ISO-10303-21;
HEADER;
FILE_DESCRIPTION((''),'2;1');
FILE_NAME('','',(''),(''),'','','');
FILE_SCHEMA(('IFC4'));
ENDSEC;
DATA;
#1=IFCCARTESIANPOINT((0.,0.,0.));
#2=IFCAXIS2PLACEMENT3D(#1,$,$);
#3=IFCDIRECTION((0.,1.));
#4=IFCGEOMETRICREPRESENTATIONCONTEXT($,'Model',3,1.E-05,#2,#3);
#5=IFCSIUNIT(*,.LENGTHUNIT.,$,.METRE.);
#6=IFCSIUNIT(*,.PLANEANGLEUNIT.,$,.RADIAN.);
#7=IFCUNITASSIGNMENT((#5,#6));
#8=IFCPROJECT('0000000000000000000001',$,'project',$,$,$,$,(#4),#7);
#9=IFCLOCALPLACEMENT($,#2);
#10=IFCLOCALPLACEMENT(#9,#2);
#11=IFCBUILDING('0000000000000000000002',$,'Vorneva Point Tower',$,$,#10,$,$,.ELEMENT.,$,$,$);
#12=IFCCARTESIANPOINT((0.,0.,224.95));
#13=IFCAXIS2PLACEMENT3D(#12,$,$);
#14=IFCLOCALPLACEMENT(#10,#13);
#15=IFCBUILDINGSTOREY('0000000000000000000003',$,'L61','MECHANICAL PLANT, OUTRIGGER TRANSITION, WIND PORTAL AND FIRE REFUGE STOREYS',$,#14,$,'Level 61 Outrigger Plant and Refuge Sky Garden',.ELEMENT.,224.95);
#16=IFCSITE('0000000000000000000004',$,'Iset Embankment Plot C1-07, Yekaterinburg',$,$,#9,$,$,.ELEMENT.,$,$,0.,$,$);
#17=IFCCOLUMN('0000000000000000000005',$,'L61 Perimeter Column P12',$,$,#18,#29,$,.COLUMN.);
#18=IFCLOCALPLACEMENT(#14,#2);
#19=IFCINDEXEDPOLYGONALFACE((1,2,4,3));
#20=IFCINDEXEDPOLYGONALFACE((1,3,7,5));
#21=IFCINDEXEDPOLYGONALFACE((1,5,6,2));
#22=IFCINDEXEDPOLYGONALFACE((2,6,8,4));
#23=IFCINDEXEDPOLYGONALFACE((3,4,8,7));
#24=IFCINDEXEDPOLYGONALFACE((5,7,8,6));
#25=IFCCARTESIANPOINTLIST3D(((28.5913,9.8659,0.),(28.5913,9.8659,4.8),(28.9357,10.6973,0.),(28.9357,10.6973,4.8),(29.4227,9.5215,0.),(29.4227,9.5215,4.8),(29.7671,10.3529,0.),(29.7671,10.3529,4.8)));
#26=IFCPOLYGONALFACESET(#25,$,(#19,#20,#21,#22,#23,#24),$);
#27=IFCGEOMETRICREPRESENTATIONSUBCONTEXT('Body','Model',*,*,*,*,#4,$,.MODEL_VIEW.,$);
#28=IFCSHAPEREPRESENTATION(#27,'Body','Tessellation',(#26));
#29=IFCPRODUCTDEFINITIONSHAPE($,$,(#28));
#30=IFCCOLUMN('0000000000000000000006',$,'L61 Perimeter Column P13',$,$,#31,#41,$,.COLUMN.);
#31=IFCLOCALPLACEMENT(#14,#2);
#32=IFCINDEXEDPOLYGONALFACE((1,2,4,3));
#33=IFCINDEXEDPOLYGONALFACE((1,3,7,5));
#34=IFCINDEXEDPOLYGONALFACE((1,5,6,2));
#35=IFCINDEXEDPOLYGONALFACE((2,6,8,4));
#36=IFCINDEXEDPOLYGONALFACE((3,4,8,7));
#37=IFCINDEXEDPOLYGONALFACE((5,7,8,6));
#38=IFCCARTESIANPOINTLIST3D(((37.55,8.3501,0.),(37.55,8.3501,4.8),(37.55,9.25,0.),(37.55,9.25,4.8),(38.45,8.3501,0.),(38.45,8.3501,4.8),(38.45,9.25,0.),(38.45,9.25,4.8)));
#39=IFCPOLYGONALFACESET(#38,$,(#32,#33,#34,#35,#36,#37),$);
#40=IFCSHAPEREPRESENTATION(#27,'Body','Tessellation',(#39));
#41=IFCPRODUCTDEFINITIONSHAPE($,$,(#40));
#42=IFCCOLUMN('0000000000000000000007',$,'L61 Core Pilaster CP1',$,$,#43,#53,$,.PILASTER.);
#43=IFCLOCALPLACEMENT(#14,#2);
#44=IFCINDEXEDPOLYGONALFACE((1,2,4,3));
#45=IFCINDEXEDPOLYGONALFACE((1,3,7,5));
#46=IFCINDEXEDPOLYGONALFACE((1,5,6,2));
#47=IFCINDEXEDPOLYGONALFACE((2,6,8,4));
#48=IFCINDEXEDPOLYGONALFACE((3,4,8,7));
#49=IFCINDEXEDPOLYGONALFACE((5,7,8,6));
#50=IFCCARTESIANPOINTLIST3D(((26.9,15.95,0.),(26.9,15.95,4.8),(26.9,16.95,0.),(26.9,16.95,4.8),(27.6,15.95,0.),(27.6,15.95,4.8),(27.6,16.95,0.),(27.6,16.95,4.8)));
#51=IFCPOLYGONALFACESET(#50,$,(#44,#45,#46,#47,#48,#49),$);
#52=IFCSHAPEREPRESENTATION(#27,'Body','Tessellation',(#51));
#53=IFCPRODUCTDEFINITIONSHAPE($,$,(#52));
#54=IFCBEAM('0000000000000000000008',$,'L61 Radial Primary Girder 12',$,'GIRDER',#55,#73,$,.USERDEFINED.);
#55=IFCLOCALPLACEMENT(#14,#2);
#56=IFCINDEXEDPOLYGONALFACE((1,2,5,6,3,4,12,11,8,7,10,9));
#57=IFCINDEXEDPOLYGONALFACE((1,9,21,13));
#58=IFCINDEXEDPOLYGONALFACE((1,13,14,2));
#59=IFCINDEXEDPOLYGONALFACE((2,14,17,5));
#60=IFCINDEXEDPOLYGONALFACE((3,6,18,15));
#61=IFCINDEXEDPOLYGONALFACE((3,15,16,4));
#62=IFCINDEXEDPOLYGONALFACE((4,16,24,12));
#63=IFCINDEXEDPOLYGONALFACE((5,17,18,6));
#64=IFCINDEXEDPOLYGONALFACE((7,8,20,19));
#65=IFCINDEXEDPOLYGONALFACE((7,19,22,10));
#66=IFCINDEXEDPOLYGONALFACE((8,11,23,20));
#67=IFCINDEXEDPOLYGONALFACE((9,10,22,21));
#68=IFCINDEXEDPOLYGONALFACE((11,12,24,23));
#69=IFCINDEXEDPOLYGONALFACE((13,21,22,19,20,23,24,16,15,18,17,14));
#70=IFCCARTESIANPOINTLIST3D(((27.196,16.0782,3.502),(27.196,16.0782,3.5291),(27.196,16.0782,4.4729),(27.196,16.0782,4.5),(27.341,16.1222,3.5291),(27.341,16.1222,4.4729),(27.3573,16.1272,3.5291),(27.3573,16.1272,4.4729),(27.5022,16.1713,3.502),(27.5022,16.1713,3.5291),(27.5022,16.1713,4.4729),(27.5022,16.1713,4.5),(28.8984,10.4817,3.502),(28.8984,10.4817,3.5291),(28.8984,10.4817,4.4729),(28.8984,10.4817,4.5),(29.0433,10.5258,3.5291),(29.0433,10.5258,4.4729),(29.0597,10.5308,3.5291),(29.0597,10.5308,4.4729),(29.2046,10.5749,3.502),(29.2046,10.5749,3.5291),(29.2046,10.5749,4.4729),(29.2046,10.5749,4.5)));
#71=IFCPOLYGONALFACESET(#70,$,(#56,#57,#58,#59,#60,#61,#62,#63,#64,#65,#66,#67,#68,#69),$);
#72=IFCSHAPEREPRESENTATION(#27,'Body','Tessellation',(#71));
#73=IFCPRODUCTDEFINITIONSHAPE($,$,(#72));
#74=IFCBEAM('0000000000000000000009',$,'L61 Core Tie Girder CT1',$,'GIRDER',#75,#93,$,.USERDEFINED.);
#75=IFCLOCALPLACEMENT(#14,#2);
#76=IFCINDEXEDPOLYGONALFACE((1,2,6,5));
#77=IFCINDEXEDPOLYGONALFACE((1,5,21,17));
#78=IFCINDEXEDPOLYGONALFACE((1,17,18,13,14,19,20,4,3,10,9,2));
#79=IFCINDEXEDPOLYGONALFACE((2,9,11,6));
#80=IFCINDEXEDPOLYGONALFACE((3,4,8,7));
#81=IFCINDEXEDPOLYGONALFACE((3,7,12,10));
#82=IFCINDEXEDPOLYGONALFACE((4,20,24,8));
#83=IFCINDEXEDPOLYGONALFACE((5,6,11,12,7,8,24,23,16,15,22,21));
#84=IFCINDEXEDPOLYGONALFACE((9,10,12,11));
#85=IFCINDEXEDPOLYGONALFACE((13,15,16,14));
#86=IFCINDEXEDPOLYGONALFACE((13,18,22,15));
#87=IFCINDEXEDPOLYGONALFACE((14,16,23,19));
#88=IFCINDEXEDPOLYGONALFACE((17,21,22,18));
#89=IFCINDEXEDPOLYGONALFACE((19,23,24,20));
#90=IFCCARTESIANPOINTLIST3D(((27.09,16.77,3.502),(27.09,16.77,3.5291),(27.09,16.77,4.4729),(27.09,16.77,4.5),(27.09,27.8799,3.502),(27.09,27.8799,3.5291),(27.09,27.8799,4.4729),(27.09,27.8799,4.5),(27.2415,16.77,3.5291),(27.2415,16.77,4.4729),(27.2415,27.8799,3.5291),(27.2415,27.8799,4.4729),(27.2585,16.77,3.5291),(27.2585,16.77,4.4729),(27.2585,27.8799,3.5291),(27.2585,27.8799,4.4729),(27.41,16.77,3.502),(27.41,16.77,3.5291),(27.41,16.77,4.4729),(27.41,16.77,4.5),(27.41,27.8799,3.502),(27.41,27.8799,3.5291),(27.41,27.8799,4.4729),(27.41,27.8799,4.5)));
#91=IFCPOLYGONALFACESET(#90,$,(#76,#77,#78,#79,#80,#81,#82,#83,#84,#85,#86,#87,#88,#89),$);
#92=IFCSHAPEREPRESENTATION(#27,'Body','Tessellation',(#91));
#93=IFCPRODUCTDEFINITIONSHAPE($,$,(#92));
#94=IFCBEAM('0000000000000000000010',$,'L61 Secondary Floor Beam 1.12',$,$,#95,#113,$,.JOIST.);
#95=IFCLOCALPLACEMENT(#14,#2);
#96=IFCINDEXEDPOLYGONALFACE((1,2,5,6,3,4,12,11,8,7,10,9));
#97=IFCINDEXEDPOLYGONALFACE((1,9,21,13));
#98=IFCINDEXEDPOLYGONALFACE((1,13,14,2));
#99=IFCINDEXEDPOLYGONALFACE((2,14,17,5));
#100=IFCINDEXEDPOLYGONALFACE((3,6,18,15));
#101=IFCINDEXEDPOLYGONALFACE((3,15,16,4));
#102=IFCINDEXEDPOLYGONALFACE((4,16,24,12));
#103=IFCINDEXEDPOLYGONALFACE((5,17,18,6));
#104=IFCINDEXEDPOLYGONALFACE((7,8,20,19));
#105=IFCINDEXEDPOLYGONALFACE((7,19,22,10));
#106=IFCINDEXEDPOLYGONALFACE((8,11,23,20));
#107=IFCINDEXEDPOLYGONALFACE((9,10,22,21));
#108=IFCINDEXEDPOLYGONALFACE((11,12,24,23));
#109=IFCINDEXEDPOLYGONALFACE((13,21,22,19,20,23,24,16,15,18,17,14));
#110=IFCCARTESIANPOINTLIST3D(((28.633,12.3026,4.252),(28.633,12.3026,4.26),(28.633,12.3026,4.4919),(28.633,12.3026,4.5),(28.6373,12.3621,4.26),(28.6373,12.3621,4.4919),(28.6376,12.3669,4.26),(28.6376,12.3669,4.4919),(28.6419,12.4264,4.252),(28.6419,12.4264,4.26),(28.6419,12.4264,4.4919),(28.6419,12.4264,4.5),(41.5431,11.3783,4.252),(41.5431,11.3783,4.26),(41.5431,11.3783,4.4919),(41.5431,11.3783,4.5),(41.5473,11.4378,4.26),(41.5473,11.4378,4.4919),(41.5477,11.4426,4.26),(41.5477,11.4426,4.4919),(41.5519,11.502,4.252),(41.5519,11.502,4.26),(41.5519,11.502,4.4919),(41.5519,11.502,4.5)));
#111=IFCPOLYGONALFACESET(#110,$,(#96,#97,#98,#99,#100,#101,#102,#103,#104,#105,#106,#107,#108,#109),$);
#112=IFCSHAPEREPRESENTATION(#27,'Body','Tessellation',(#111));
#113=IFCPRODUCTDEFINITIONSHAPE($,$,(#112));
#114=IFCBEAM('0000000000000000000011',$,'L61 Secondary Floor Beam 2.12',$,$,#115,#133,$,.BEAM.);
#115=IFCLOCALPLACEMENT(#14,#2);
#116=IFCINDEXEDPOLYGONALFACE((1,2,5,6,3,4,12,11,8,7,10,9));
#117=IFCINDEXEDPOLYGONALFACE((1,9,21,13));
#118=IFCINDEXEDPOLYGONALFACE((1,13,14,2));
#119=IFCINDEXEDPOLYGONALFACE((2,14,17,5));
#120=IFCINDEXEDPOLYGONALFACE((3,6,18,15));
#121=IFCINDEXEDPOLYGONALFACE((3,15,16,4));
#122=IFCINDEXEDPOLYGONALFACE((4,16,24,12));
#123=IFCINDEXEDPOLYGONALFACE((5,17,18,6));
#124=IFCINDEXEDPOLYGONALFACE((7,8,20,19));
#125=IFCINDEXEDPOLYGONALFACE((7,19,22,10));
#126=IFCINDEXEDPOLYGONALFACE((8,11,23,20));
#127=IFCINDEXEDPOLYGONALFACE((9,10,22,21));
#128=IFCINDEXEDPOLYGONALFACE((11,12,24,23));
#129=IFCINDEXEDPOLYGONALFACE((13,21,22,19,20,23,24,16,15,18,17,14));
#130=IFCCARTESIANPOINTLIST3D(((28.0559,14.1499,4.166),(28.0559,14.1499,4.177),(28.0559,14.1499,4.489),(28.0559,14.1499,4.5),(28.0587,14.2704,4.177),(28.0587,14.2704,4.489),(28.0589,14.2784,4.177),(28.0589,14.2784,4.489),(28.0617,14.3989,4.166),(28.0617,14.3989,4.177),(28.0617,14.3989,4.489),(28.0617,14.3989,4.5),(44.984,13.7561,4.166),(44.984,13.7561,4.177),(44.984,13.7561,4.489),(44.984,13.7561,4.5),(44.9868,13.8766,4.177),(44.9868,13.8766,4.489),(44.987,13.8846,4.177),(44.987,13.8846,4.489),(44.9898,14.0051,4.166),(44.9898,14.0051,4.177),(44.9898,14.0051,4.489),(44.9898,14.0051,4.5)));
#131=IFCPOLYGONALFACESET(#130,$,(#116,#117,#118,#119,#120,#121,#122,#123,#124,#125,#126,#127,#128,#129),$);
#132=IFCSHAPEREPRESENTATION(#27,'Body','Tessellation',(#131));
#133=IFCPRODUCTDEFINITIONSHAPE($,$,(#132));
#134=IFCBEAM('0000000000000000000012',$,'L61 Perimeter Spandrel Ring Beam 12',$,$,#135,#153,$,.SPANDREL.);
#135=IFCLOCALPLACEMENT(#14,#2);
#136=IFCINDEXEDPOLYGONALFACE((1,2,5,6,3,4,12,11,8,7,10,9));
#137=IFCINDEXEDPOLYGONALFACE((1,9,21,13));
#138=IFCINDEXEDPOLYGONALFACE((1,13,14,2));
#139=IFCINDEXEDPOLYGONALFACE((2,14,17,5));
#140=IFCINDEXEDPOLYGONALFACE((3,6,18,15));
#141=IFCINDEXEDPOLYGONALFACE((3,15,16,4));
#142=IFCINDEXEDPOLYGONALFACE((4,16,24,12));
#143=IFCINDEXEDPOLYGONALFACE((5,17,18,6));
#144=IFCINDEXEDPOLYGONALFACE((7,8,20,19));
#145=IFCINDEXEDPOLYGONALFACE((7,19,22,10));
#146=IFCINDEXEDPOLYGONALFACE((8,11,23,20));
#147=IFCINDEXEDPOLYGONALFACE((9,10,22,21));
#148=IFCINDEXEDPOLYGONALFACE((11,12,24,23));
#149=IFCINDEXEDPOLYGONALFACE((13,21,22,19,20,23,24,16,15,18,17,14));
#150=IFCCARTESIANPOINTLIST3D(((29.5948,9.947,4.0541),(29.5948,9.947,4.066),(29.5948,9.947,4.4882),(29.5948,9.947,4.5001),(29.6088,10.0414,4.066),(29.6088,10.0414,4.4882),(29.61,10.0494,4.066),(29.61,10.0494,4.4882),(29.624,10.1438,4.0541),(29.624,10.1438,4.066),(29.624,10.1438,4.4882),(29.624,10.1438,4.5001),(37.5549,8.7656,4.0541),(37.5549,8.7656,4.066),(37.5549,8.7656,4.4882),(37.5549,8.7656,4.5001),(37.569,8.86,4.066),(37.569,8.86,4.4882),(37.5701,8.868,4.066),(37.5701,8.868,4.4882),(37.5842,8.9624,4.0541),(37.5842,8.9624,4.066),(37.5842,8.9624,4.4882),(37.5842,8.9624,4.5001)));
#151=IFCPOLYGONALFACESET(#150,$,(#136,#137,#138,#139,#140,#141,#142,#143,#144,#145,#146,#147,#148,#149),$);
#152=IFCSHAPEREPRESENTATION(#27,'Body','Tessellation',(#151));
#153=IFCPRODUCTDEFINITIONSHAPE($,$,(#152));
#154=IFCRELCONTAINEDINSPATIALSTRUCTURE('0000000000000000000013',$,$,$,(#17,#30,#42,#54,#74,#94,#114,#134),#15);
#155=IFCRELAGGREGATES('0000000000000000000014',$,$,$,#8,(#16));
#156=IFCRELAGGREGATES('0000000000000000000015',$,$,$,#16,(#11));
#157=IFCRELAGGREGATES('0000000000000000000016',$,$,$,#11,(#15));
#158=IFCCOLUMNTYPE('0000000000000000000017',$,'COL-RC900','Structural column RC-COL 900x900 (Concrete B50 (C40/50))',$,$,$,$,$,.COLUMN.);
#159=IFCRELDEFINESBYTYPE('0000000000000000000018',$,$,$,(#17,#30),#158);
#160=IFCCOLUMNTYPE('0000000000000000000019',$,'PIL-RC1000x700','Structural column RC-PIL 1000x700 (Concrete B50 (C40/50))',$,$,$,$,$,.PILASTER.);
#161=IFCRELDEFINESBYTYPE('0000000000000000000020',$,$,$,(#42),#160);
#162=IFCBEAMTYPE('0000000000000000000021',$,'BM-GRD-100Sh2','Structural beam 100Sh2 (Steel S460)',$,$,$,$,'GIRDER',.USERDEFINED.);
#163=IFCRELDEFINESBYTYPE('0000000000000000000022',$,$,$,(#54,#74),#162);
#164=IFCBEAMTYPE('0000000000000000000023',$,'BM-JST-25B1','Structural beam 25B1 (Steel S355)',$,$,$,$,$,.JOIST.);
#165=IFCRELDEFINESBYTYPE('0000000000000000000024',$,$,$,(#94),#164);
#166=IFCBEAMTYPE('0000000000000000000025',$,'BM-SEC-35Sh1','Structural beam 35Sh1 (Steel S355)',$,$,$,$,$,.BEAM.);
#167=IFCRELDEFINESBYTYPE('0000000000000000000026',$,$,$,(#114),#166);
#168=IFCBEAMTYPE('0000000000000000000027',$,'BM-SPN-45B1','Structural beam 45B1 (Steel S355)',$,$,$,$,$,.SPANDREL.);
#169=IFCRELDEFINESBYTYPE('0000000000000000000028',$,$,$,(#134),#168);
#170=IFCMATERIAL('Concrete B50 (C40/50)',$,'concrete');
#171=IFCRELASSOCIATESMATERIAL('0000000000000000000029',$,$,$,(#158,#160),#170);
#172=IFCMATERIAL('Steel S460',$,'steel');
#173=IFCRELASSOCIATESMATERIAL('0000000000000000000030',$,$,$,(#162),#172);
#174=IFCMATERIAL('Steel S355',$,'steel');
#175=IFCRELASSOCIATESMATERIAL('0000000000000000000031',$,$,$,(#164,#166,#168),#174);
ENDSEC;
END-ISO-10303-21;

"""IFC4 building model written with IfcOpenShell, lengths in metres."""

from ifc_helpers import new_model, si_unit, direction, frame, origin, origin_2d, place, context, subcontext, project, spatial, rectangle, i_section, extrude, material, material_profile, profile_set, type_object, element, save


model = new_model("IFC4")

# Units and contexts
model_context = context("Model", 3, precision=1e-05, world=origin(), true_north=direction((0.0, 1.0)))
body_context = subcontext(model_context, "Body", "Model", "MODEL_VIEW")
ifc_project = project(units=[si_unit("LENGTHUNIT", "METRE"), si_unit("PLANEANGLEUNIT", "RADIAN")], contexts=[model_context])

# Site, building, storey
site_placement = place(None, origin())
site = spatial("IfcSite", under=ifc_project, at=site_placement, Name="Iset Embankment Plot C1-07, Yekaterinburg", CompositionType="ELEMENT", RefElevation=0.0)
building_placement = place(site_placement, origin())
building = spatial("IfcBuilding", under=site, at=building_placement, Name="Vorneva Point Tower", CompositionType="ELEMENT")
storey_placement = place(building_placement, frame((0.0, 0.0, 224.95)))
storey = spatial("IfcBuildingStorey", under=building, at=storey_placement, Name="L61", Description="MECHANICAL PLANT, OUTRIGGER TRANSITION, WIND PORTAL AND FIRE REFUGE STOREYS", LongName="Level 61 Outrigger Plant and Refuge Sky Garden", CompositionType="ELEMENT", Elevation=224.95)

# Columns
ifc_material_1 = material(Name="Concrete B50 (C40/50)", Category="concrete")
ifc_material_profile_1 = material_profile(ifc_material_1, rectangle(XDim=0.8999, YDim=0.8999, at=origin_2d()), Name="RC-COL 900x900")
ifc_profile_set_1 = profile_set([ifc_material_profile_1], Name="Concrete B50 (C40/50)")
column_type_1 = type_object("IfcColumnType", Name="COL-RC900", Description="Structural column RC-COL 900x900 (Concrete B50 (C40/50))", PredefinedType="COLUMN", material=ifc_profile_set_1)
for number, where, z_axis, x_axis, name in (
    (1, (29.1792, 10.1094, 0.0), (0.0, 0.0, 1.0), (-0.382683, -0.92388, 0.0), "L61 Perimeter Column P12"),
    (2, (38.0, 8.8, 0.0), (0.0, 0.0, 1.0), (0.0, -1.0, 0.0), "L61 Perimeter Column P13"),
):
    element("IfcColumn", number, at=place(storey_placement, frame(where, z_axis=z_axis, x_axis=x_axis)), inside=storey, type_object=column_type_1, Name=name, PredefinedType="COLUMN", context=body_context, shape_type="SweptSolid", body=[
        extrude(rectangle(XDim=0.8999, YDim=0.8999, at=origin_2d()), origin(), (0.0, 0.0, 1.0), 4.8),
    ])
ifc_material_profile_2 = material_profile(ifc_material_1, rectangle(XDim=0.7, YDim=1.0, at=origin_2d()), Name="RC-PIL 1000x700")
ifc_profile_set_2 = profile_set([ifc_material_profile_2], Name="Concrete B50 (C40/50)")
column_type_2 = type_object("IfcColumnType", Name="PIL-RC1000x700", Description="Structural column RC-PIL 1000x700 (Concrete B50 (C40/50))", PredefinedType="PILASTER", material=ifc_profile_set_2)
column_placement = place(storey_placement, frame((27.25, 16.45, 0.0), z_axis=(0.0, 0.0, 1.0), x_axis=(1.0, 0.0, 0.0)))
element("IfcColumn", 3, at=column_placement, inside=storey, type_object=column_type_2, Name="L61 Core Pilaster CP1", PredefinedType="PILASTER", context=body_context, shape_type="SweptSolid", body=[
    extrude(rectangle(XDim=0.7, YDim=1.0, at=origin_2d()), origin(), (0.0, 0.0, 1.0), 4.8),
])

# Beams
ifc_material_2 = material(Name="Steel S460", Category="steel")
ifc_material_profile_3 = material_profile(ifc_material_2, i_section(OverallWidth=0.3201, OverallDepth=0.998, WebThickness=0.0171, FlangeThickness=0.0271, at=origin_2d()), Name="100Sh2")
ifc_profile_set_3 = profile_set([ifc_material_profile_3], Name="Steel S460")
beam_type_1 = type_object("IfcBeamType", Name="BM-GRD-100Sh2", Description="Structural beam 100Sh2 (Steel S460)", ElementType="GIRDER", PredefinedType="USERDEFINED", material=ifc_profile_set_3)
beam_1_placement = place(storey_placement, frame((29.0515, 10.5283, 4.001), z_axis=(-0.291025, 0.956715, 0.0), x_axis=(-0.956715, -0.291025, 0.0)))
element("IfcBeam", 4, at=beam_1_placement, inside=storey, type_object=beam_type_1, Name="L61 Radial Primary Girder 12", ObjectType="GIRDER", PredefinedType="USERDEFINED", context=body_context, shape_type="SweptSolid", body=[
    extrude(i_section(OverallWidth=0.3201, OverallDepth=0.998, WebThickness=0.0171, FlangeThickness=0.0271, at=origin_2d()), origin(), (0.0, 0.0, 1.0), 5.8496),
])
beam_2_placement = place(storey_placement, frame((27.25, 16.77, 4.001), z_axis=(0.0, 1.0, 0.0), x_axis=(-1.0, 0.0, 0.0)))
element("IfcBeam", 5, at=beam_2_placement, inside=storey, type_object=beam_type_1, Name="L61 Core Tie Girder CT1", ObjectType="GIRDER", PredefinedType="USERDEFINED", context=body_context, shape_type="SweptSolid", body=[
    extrude(i_section(OverallWidth=0.3201, OverallDepth=0.998, WebThickness=0.0171, FlangeThickness=0.0271, at=origin_2d()), origin(), (0.0, 0.0, 1.0), 11.1099),
])
ifc_material_3 = material(Name="Steel S355", Category="steel")
ifc_material_profile_4 = material_profile(ifc_material_3, i_section(OverallWidth=0.124, OverallDepth=0.248, WebThickness=0.0049, FlangeThickness=0.0081, at=origin_2d()), Name="25B1")
ifc_profile_set_4 = profile_set([ifc_material_profile_4], Name="Steel S355")
beam_type_2 = type_object("IfcBeamType", Name="BM-JST-25B1", Description="Structural beam 25B1 (Steel S355)", PredefinedType="JOIST", material=ifc_profile_set_4)
beam_3_placement = place(storey_placement, frame((28.6375, 12.3645, 4.376), z_axis=(0.997447, -0.071413, 0.0), x_axis=(0.071413, 0.997447, 0.0)))
element("IfcBeam", 6, at=beam_3_placement, inside=storey, type_object=beam_type_2, Name="L61 Secondary Floor Beam 1.12", PredefinedType="JOIST", context=body_context, shape_type="SweptSolid", body=[
    extrude(i_section(OverallWidth=0.124, OverallDepth=0.248, WebThickness=0.0049, FlangeThickness=0.0081, at=origin_2d()), origin(), (0.0, 0.0, 1.0), 12.9431),
])
ifc_material_profile_5 = material_profile(ifc_material_3, i_section(OverallWidth=0.249, OverallDepth=0.334, WebThickness=0.0081, FlangeThickness=0.011, at=origin_2d()), Name="35Sh1")
ifc_profile_set_5 = profile_set([ifc_material_profile_5], Name="Steel S355")
beam_type_3 = type_object("IfcBeamType", Name="BM-SEC-35Sh1", Description="Structural beam 35Sh1 (Steel S355)", PredefinedType="BEAM", material=ifc_profile_set_5)
beam_4_placement = place(storey_placement, frame((28.0588, 14.2744, 4.333), z_axis=(0.99973, -0.023257, 0.0), x_axis=(0.023257, 0.99973, 0.0)))
element("IfcBeam", 7, at=beam_4_placement, inside=storey, type_object=beam_type_3, Name="L61 Secondary Floor Beam 2.12", PredefinedType="BEAM", context=body_context, shape_type="SweptSolid", body=[
    extrude(i_section(OverallWidth=0.249, OverallDepth=0.334, WebThickness=0.0081, FlangeThickness=0.011, at=origin_2d()), origin(), (0.0, 0.0, 1.0), 16.9326),
])
ifc_material_profile_6 = material_profile(ifc_material_3, i_section(OverallWidth=0.199, OverallDepth=0.446, WebThickness=0.0081, FlangeThickness=0.012, at=origin_2d()), Name="45B1")
ifc_profile_set_6 = profile_set([ifc_material_profile_6], Name="Steel S355")
beam_type_4 = type_object("IfcBeamType", Name="BM-SPN-45B1", Description="Structural beam 45B1 (Steel S355)", PredefinedType="SPANDREL", material=ifc_profile_set_6)
beam_5_placement = place(storey_placement, frame((29.6094, 10.0454, 4.2771), z_axis=(0.989165, -0.146805, 0.0), x_axis=(0.146805, 0.989165, 0.0)))
element("IfcBeam", 8, at=beam_5_placement, inside=storey, type_object=beam_type_4, Name="L61 Perimeter Spandrel Ring Beam 12", PredefinedType="SPANDREL", context=body_context, shape_type="SweptSolid", body=[
    extrude(i_section(OverallWidth=0.199, OverallDepth=0.446, WebThickness=0.0081, FlangeThickness=0.012, at=origin_2d()), origin(), (0.0, 0.0, 1.0), 8.0474),
])

save(model, "model.ifc")
